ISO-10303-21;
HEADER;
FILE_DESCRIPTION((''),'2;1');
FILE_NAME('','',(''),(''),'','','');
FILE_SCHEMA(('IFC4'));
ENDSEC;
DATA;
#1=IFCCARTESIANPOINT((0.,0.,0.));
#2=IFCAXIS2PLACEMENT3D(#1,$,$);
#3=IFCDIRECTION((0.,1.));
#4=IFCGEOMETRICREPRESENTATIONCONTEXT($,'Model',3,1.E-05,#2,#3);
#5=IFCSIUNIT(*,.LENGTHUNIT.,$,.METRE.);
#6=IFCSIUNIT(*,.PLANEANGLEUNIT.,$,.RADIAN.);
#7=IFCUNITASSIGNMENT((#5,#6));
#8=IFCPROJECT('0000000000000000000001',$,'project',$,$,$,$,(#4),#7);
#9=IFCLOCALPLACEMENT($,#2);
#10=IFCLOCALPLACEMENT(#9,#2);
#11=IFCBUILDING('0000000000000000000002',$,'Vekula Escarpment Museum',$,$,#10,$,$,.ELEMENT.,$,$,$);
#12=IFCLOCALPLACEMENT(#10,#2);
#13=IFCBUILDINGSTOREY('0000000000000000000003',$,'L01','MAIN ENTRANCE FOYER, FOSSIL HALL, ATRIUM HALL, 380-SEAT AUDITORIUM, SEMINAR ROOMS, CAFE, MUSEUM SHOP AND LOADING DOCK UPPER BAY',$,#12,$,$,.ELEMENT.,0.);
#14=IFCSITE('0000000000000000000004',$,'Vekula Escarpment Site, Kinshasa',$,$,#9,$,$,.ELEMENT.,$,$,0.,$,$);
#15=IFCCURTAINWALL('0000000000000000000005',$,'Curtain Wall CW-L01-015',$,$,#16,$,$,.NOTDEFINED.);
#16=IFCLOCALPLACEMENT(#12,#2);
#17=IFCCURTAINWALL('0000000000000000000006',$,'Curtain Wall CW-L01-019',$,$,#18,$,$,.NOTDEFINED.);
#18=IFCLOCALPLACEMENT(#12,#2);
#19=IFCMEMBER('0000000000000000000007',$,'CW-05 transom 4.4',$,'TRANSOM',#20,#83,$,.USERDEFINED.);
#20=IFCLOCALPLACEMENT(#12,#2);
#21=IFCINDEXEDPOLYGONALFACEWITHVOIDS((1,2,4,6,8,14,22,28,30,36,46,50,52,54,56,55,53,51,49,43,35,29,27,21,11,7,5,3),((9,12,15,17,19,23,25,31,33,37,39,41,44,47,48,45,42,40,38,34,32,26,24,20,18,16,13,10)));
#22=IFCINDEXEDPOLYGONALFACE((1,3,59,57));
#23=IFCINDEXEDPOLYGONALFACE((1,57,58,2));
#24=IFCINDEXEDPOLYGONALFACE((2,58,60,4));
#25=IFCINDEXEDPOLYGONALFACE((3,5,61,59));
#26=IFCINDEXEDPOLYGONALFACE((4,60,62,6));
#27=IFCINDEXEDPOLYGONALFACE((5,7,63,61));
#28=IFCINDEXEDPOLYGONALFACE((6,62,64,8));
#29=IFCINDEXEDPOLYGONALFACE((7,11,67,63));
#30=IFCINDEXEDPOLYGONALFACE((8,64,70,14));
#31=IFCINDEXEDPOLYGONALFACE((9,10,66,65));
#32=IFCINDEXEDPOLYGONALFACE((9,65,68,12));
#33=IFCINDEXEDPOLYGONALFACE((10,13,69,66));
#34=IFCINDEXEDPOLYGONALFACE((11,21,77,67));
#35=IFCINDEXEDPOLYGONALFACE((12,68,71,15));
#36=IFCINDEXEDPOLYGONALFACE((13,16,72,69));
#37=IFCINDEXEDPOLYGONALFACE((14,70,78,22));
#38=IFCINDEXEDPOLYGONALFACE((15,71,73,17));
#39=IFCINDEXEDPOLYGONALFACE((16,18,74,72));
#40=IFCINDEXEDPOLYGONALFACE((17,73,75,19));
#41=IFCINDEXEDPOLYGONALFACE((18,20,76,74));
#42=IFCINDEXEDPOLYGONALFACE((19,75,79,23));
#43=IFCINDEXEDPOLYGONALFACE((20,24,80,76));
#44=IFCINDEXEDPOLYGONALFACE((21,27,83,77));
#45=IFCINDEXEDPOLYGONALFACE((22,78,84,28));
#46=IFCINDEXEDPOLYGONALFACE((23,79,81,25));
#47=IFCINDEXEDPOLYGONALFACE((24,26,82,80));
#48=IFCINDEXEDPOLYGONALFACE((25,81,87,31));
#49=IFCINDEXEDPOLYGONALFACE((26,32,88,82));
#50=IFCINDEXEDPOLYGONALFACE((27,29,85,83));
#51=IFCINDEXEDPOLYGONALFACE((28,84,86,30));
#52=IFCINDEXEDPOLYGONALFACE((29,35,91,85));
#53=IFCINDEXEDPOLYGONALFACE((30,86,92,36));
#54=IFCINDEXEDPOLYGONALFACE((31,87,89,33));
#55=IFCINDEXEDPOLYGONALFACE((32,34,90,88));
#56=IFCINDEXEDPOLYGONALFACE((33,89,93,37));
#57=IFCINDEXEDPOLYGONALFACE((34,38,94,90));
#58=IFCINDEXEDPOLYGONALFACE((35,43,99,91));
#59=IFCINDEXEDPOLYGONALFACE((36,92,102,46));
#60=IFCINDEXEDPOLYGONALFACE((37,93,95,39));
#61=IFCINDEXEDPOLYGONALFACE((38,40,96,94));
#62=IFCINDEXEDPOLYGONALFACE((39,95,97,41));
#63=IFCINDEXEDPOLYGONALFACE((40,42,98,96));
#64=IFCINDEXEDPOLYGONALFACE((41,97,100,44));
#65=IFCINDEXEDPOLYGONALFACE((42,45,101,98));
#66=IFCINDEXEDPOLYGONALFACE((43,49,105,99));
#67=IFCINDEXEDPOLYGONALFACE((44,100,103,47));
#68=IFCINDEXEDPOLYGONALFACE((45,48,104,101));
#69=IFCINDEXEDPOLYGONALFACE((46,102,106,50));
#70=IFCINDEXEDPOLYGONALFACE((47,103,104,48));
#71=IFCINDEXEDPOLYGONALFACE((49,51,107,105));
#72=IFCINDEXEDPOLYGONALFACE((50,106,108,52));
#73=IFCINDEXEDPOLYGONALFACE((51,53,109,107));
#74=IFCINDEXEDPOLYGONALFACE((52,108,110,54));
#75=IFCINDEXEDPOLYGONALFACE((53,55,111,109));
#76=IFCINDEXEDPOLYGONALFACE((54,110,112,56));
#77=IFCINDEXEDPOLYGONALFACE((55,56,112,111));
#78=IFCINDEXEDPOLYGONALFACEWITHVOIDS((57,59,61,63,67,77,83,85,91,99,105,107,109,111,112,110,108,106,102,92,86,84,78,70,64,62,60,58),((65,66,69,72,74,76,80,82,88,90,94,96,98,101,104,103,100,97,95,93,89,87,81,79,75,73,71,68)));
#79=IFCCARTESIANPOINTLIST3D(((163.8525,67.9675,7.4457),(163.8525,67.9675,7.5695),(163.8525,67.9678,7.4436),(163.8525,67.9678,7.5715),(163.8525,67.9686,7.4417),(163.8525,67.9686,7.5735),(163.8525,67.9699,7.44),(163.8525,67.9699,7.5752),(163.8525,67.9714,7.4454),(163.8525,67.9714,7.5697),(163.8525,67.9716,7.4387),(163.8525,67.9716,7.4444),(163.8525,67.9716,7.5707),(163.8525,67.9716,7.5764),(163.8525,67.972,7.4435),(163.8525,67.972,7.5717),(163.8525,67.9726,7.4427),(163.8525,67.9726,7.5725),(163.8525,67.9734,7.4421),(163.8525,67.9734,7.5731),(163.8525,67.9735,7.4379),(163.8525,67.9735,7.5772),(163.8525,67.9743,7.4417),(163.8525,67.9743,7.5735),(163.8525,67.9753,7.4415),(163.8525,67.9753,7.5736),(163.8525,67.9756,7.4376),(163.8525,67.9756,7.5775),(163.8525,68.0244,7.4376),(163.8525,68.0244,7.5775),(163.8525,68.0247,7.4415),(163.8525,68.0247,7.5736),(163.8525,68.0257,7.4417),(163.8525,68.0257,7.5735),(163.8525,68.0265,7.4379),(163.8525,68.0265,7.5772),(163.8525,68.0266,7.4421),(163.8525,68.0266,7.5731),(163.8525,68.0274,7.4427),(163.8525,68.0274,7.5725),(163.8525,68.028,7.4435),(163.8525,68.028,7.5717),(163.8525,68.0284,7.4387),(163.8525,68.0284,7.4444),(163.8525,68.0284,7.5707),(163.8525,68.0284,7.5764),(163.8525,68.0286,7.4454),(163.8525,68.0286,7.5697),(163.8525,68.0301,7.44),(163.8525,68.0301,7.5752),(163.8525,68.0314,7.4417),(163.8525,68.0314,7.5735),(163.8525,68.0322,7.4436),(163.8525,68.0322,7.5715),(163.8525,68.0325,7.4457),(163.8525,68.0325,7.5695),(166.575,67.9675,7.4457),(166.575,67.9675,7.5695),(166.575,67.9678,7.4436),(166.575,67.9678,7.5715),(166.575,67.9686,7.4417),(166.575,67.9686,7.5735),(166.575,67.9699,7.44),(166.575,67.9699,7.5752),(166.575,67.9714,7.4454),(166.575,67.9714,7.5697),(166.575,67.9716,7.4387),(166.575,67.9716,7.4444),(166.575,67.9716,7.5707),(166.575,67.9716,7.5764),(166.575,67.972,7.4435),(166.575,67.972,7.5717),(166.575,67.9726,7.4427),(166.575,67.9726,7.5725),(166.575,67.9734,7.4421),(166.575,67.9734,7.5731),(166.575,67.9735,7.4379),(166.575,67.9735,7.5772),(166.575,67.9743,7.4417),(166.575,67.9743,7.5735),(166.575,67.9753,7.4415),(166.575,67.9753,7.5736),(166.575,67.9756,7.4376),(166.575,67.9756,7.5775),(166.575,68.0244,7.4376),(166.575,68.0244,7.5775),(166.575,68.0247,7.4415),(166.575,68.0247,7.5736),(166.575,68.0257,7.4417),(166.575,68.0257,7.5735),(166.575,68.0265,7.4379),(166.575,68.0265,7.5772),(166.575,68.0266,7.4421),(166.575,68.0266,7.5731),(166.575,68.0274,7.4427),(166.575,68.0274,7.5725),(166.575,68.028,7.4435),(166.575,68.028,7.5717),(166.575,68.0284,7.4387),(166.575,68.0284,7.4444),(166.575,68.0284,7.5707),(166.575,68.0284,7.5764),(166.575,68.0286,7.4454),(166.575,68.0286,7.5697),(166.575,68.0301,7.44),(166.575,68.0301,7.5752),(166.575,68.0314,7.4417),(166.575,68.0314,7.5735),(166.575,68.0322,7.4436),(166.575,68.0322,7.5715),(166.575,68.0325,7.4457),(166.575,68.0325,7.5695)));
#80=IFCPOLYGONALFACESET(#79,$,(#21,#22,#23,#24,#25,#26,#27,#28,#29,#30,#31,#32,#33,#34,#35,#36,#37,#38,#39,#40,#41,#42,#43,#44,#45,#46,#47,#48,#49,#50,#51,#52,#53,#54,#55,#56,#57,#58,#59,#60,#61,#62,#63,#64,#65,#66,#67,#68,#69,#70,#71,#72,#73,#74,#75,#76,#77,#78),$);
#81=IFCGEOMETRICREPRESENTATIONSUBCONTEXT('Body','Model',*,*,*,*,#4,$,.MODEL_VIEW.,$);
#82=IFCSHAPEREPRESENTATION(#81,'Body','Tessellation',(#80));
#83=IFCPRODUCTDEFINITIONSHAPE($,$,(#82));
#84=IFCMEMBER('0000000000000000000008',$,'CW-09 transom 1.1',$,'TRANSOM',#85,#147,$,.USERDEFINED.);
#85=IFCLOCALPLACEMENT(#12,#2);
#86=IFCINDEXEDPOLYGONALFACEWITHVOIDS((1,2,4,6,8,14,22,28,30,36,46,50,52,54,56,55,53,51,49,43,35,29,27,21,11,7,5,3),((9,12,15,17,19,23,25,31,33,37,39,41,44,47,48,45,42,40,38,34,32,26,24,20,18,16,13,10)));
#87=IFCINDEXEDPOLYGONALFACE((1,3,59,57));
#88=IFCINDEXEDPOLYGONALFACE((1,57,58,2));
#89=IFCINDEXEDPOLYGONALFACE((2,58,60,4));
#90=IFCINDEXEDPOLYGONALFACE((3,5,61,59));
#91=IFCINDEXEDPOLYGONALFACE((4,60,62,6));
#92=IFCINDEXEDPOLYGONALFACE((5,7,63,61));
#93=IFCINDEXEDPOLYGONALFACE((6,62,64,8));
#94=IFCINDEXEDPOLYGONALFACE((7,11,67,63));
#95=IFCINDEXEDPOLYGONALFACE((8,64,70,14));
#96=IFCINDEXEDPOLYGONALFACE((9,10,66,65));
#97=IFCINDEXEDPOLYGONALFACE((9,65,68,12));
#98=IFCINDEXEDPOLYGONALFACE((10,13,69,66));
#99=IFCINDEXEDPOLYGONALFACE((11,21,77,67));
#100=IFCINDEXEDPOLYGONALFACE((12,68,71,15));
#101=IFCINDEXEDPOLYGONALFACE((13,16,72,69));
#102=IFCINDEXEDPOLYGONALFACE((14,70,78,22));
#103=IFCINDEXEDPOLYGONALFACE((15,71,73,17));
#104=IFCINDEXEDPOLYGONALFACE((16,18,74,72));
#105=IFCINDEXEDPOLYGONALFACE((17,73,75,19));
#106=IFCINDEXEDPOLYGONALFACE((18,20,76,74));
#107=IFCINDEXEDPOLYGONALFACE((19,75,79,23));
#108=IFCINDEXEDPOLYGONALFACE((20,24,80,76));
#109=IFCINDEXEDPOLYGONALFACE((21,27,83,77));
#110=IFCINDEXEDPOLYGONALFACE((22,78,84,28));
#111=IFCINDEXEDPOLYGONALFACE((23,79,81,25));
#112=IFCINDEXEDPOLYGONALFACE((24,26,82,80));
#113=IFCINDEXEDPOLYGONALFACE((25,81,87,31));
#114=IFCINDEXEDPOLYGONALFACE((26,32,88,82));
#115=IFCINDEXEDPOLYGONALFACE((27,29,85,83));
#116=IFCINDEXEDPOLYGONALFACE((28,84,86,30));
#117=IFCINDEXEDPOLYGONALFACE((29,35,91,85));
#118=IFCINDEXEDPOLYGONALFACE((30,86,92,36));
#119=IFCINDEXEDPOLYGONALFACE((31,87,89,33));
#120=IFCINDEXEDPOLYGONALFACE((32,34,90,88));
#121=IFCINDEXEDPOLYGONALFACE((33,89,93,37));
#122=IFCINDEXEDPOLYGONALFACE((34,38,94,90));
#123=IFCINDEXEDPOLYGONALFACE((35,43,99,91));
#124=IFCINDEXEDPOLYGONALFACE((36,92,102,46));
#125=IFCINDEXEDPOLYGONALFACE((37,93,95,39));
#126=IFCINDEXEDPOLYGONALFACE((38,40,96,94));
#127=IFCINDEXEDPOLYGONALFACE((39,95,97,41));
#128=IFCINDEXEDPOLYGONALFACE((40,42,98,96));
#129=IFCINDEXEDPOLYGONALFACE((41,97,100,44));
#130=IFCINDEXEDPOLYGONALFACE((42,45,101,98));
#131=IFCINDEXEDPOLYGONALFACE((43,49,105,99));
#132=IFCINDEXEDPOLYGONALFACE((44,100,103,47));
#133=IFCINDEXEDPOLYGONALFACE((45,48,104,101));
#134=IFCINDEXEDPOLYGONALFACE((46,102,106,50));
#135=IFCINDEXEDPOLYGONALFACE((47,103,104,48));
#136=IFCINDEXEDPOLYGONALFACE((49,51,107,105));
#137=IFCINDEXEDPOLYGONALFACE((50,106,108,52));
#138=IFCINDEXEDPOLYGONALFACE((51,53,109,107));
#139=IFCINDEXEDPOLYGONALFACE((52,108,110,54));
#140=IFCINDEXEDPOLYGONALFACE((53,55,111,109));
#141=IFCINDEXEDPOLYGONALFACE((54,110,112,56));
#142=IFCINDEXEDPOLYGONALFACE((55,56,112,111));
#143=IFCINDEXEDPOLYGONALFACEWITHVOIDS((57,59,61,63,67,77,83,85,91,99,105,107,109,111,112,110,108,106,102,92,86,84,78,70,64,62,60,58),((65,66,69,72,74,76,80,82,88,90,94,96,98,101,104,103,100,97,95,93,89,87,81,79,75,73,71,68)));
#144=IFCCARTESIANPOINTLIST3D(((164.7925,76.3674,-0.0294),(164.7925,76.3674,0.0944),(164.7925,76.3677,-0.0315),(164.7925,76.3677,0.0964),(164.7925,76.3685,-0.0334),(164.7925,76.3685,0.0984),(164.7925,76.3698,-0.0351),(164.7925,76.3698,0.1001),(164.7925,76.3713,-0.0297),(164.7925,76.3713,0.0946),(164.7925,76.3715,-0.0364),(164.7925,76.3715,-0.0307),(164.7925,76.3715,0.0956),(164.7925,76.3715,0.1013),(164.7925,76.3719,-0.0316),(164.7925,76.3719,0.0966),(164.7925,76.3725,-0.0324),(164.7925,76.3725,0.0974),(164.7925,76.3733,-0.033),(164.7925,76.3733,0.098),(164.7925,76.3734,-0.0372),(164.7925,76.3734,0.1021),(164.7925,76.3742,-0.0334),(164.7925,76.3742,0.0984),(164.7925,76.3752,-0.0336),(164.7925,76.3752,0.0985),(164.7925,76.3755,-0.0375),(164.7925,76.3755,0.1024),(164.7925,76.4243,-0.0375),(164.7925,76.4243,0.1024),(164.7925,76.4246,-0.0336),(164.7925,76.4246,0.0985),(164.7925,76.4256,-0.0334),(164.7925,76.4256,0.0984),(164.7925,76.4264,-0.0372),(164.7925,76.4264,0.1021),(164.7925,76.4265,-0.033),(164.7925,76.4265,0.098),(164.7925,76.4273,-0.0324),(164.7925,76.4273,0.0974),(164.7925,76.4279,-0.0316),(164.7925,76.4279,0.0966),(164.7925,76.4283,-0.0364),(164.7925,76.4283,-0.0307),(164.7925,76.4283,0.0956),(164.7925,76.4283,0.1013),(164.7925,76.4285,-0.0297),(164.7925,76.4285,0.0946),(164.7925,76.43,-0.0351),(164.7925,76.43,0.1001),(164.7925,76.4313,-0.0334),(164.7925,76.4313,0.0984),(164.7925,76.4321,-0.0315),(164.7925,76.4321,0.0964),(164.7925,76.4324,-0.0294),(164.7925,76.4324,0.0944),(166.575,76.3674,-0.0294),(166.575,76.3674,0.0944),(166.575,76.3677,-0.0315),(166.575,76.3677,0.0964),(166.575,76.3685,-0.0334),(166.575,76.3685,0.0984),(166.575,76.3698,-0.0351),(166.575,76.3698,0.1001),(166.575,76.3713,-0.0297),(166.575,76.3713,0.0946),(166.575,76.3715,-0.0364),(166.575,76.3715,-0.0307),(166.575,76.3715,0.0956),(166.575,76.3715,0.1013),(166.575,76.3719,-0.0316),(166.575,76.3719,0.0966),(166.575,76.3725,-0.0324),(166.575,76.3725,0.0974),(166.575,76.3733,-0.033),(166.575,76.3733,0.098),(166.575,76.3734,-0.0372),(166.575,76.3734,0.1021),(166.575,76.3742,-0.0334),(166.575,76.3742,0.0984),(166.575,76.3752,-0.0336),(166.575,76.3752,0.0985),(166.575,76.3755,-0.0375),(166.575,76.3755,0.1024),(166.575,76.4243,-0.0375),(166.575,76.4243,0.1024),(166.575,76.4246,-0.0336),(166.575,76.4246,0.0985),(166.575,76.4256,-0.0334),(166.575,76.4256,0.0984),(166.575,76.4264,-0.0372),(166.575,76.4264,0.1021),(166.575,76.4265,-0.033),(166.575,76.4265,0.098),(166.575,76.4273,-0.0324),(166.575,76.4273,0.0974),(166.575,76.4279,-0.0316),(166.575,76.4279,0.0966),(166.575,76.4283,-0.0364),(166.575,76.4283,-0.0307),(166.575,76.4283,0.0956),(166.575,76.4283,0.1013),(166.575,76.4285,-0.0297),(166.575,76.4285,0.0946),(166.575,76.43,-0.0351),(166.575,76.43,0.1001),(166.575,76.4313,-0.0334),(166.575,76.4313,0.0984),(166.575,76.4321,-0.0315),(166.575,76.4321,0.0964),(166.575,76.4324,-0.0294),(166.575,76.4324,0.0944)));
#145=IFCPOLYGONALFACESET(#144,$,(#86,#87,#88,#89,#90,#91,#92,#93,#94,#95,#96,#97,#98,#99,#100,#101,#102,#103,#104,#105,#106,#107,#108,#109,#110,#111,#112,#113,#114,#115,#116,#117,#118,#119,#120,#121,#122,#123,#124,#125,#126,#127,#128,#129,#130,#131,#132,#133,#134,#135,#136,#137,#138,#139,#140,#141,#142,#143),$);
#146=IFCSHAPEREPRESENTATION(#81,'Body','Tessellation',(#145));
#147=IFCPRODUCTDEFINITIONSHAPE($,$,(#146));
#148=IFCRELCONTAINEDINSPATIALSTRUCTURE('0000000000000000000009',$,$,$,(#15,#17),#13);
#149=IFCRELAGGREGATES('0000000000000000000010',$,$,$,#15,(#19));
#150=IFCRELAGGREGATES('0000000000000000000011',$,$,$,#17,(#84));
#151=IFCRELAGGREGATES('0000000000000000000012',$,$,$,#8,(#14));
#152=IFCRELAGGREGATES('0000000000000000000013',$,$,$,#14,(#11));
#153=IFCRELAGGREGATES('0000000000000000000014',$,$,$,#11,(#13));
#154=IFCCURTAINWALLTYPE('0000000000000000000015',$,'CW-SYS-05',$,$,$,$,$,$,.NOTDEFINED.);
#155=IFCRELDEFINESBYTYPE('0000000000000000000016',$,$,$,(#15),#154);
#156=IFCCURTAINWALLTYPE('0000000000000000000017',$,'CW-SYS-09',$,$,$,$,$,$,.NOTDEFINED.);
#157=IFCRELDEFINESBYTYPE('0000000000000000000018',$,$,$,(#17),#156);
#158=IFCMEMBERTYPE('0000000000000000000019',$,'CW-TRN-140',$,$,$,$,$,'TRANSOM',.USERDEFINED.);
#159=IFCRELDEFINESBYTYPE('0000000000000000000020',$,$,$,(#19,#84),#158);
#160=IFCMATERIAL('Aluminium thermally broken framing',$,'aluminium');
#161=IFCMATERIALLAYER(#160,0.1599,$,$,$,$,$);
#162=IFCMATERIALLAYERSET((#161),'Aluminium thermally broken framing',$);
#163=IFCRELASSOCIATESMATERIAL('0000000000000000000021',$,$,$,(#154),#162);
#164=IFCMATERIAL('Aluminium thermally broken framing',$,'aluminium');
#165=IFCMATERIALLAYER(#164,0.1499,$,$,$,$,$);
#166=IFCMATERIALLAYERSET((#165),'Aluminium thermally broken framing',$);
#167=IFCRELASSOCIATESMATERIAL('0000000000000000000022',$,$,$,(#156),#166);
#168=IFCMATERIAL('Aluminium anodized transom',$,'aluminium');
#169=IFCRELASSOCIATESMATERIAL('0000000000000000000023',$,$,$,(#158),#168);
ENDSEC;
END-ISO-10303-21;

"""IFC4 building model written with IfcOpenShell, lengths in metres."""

from ifc_helpers import new_model, si_unit, direction, frame, origin, origin_2d, place, context, subcontext, project, spatial, hollow_rectangle, extrude, material, layer, layer_set, material_profile, profile_set, type_object, element, aggregate, save


model = new_model("IFC4")

# Units and contexts
model_context = context("Model", 3, precision=1e-05, world=origin(), true_north=direction((0.0, 1.0)))
body_context = subcontext(model_context, "Body", "Model", "MODEL_VIEW")
ifc_project = project(units=[si_unit("LENGTHUNIT", "METRE"), si_unit("PLANEANGLEUNIT", "RADIAN")], contexts=[model_context])

# Site, building, storey
site_placement = place(None, origin())
site = spatial("IfcSite", under=ifc_project, at=site_placement, Name="Vekula Escarpment Site, Kinshasa", CompositionType="ELEMENT", RefElevation=0.0)
building_placement = place(site_placement, origin())
building = spatial("IfcBuilding", under=site, at=building_placement, Name="Vekula Escarpment Museum", CompositionType="ELEMENT")
storey_placement = place(building_placement, origin())
storey = spatial("IfcBuildingStorey", under=building, at=storey_placement, Name="L01", Description="MAIN ENTRANCE FOYER, FOSSIL HALL, ATRIUM HALL, 380-SEAT AUDITORIUM, SEMINAR ROOMS, CAFE, MUSEUM SHOP AND LOADING DOCK UPPER BAY", CompositionType="ELEMENT", Elevation=0.0)

# Curtain walls
ifc_material_1 = material(Name="Aluminium thermally broken framing", Category="aluminium")
ifc_layer_1 = layer(ifc_material_1, 0.1599)
ifc_layer_set_1 = layer_set([ifc_layer_1], Name="Aluminium thermally broken framing")
curtain_wall_type_1 = type_object("IfcCurtainWallType", Name="CW-SYS-05", PredefinedType="NOTDEFINED", material=ifc_layer_set_1)
curtain_wall_1_placement = place(storey_placement, origin())
curtain_wall_1 = element("IfcCurtainWall", 1, at=curtain_wall_1_placement, inside=storey, type_object=curtain_wall_type_1, Name="Curtain Wall CW-L01-015", PredefinedType="NOTDEFINED")
ifc_material_2 = material(Name="Aluminium thermally broken framing", Category="aluminium")
ifc_layer_2 = layer(ifc_material_2, 0.1499)
ifc_layer_set_2 = layer_set([ifc_layer_2], Name="Aluminium thermally broken framing")
curtain_wall_type_2 = type_object("IfcCurtainWallType", Name="CW-SYS-09", PredefinedType="NOTDEFINED", material=ifc_layer_set_2)
curtain_wall_2_placement = place(storey_placement, origin())
curtain_wall_2 = element("IfcCurtainWall", 2, at=curtain_wall_2_placement, inside=storey, type_object=curtain_wall_type_2, Name="Curtain Wall CW-L01-019", PredefinedType="NOTDEFINED")

# Members
ifc_material_3 = material(Name="Aluminium anodized transom", Category="aluminium")
ifc_material_profile_1 = material_profile(ifc_material_3, hollow_rectangle(XDim=0.0649, YDim=0.1399, WallThickness=0.0039, InnerFilletRadius=0.0039, OuterFilletRadius=0.0081, at=origin_2d()), Name="ALU 140x65x4")
ifc_profile_set_1 = profile_set([ifc_material_profile_1], Name="Aluminium anodized transom")
member_type_1 = type_object("IfcMemberType", Name="CW-TRN-140", ElementType="TRANSOM", PredefinedType="USERDEFINED", material=ifc_profile_set_1)
member_1_placement = place(storey_placement, frame((163.8525, 68.0, 7.5076), z_axis=(1.0, 0.0, 0.0), x_axis=(0.0, 1.0, 0.0)))
member_1 = element("IfcMember", 3, at=member_1_placement, type_object=member_type_1, Name="CW-05 transom 4.4", ObjectType="TRANSOM", PredefinedType="USERDEFINED", context=body_context, shape_type="SweptSolid", body=[
    extrude(hollow_rectangle(XDim=0.0649, YDim=0.1399, WallThickness=0.0039, InnerFilletRadius=0.0039, OuterFilletRadius=0.0081, at=origin_2d()), origin(), (0.0, 0.0, 1.0), 2.7224),
])
member_2_placement = place(storey_placement, frame((166.575, 76.3999, 0.0325), z_axis=(-1.0, 0.0, 0.0), x_axis=(0.0, -1.0, 0.0)))
member_2 = element("IfcMember", 4, at=member_2_placement, type_object=member_type_1, Name="CW-09 transom 1.1", ObjectType="TRANSOM", PredefinedType="USERDEFINED", context=body_context, shape_type="SweptSolid", body=[
    extrude(hollow_rectangle(XDim=0.0649, YDim=0.1399, WallThickness=0.0039, InnerFilletRadius=0.0039, OuterFilletRadius=0.0081, at=origin_2d()), origin(), (0.0, 0.0, 1.0), 1.7825),
])

aggregate(curtain_wall_1, [member_1])
aggregate(curtain_wall_2, [member_2])

save(model, "model.ifc")
